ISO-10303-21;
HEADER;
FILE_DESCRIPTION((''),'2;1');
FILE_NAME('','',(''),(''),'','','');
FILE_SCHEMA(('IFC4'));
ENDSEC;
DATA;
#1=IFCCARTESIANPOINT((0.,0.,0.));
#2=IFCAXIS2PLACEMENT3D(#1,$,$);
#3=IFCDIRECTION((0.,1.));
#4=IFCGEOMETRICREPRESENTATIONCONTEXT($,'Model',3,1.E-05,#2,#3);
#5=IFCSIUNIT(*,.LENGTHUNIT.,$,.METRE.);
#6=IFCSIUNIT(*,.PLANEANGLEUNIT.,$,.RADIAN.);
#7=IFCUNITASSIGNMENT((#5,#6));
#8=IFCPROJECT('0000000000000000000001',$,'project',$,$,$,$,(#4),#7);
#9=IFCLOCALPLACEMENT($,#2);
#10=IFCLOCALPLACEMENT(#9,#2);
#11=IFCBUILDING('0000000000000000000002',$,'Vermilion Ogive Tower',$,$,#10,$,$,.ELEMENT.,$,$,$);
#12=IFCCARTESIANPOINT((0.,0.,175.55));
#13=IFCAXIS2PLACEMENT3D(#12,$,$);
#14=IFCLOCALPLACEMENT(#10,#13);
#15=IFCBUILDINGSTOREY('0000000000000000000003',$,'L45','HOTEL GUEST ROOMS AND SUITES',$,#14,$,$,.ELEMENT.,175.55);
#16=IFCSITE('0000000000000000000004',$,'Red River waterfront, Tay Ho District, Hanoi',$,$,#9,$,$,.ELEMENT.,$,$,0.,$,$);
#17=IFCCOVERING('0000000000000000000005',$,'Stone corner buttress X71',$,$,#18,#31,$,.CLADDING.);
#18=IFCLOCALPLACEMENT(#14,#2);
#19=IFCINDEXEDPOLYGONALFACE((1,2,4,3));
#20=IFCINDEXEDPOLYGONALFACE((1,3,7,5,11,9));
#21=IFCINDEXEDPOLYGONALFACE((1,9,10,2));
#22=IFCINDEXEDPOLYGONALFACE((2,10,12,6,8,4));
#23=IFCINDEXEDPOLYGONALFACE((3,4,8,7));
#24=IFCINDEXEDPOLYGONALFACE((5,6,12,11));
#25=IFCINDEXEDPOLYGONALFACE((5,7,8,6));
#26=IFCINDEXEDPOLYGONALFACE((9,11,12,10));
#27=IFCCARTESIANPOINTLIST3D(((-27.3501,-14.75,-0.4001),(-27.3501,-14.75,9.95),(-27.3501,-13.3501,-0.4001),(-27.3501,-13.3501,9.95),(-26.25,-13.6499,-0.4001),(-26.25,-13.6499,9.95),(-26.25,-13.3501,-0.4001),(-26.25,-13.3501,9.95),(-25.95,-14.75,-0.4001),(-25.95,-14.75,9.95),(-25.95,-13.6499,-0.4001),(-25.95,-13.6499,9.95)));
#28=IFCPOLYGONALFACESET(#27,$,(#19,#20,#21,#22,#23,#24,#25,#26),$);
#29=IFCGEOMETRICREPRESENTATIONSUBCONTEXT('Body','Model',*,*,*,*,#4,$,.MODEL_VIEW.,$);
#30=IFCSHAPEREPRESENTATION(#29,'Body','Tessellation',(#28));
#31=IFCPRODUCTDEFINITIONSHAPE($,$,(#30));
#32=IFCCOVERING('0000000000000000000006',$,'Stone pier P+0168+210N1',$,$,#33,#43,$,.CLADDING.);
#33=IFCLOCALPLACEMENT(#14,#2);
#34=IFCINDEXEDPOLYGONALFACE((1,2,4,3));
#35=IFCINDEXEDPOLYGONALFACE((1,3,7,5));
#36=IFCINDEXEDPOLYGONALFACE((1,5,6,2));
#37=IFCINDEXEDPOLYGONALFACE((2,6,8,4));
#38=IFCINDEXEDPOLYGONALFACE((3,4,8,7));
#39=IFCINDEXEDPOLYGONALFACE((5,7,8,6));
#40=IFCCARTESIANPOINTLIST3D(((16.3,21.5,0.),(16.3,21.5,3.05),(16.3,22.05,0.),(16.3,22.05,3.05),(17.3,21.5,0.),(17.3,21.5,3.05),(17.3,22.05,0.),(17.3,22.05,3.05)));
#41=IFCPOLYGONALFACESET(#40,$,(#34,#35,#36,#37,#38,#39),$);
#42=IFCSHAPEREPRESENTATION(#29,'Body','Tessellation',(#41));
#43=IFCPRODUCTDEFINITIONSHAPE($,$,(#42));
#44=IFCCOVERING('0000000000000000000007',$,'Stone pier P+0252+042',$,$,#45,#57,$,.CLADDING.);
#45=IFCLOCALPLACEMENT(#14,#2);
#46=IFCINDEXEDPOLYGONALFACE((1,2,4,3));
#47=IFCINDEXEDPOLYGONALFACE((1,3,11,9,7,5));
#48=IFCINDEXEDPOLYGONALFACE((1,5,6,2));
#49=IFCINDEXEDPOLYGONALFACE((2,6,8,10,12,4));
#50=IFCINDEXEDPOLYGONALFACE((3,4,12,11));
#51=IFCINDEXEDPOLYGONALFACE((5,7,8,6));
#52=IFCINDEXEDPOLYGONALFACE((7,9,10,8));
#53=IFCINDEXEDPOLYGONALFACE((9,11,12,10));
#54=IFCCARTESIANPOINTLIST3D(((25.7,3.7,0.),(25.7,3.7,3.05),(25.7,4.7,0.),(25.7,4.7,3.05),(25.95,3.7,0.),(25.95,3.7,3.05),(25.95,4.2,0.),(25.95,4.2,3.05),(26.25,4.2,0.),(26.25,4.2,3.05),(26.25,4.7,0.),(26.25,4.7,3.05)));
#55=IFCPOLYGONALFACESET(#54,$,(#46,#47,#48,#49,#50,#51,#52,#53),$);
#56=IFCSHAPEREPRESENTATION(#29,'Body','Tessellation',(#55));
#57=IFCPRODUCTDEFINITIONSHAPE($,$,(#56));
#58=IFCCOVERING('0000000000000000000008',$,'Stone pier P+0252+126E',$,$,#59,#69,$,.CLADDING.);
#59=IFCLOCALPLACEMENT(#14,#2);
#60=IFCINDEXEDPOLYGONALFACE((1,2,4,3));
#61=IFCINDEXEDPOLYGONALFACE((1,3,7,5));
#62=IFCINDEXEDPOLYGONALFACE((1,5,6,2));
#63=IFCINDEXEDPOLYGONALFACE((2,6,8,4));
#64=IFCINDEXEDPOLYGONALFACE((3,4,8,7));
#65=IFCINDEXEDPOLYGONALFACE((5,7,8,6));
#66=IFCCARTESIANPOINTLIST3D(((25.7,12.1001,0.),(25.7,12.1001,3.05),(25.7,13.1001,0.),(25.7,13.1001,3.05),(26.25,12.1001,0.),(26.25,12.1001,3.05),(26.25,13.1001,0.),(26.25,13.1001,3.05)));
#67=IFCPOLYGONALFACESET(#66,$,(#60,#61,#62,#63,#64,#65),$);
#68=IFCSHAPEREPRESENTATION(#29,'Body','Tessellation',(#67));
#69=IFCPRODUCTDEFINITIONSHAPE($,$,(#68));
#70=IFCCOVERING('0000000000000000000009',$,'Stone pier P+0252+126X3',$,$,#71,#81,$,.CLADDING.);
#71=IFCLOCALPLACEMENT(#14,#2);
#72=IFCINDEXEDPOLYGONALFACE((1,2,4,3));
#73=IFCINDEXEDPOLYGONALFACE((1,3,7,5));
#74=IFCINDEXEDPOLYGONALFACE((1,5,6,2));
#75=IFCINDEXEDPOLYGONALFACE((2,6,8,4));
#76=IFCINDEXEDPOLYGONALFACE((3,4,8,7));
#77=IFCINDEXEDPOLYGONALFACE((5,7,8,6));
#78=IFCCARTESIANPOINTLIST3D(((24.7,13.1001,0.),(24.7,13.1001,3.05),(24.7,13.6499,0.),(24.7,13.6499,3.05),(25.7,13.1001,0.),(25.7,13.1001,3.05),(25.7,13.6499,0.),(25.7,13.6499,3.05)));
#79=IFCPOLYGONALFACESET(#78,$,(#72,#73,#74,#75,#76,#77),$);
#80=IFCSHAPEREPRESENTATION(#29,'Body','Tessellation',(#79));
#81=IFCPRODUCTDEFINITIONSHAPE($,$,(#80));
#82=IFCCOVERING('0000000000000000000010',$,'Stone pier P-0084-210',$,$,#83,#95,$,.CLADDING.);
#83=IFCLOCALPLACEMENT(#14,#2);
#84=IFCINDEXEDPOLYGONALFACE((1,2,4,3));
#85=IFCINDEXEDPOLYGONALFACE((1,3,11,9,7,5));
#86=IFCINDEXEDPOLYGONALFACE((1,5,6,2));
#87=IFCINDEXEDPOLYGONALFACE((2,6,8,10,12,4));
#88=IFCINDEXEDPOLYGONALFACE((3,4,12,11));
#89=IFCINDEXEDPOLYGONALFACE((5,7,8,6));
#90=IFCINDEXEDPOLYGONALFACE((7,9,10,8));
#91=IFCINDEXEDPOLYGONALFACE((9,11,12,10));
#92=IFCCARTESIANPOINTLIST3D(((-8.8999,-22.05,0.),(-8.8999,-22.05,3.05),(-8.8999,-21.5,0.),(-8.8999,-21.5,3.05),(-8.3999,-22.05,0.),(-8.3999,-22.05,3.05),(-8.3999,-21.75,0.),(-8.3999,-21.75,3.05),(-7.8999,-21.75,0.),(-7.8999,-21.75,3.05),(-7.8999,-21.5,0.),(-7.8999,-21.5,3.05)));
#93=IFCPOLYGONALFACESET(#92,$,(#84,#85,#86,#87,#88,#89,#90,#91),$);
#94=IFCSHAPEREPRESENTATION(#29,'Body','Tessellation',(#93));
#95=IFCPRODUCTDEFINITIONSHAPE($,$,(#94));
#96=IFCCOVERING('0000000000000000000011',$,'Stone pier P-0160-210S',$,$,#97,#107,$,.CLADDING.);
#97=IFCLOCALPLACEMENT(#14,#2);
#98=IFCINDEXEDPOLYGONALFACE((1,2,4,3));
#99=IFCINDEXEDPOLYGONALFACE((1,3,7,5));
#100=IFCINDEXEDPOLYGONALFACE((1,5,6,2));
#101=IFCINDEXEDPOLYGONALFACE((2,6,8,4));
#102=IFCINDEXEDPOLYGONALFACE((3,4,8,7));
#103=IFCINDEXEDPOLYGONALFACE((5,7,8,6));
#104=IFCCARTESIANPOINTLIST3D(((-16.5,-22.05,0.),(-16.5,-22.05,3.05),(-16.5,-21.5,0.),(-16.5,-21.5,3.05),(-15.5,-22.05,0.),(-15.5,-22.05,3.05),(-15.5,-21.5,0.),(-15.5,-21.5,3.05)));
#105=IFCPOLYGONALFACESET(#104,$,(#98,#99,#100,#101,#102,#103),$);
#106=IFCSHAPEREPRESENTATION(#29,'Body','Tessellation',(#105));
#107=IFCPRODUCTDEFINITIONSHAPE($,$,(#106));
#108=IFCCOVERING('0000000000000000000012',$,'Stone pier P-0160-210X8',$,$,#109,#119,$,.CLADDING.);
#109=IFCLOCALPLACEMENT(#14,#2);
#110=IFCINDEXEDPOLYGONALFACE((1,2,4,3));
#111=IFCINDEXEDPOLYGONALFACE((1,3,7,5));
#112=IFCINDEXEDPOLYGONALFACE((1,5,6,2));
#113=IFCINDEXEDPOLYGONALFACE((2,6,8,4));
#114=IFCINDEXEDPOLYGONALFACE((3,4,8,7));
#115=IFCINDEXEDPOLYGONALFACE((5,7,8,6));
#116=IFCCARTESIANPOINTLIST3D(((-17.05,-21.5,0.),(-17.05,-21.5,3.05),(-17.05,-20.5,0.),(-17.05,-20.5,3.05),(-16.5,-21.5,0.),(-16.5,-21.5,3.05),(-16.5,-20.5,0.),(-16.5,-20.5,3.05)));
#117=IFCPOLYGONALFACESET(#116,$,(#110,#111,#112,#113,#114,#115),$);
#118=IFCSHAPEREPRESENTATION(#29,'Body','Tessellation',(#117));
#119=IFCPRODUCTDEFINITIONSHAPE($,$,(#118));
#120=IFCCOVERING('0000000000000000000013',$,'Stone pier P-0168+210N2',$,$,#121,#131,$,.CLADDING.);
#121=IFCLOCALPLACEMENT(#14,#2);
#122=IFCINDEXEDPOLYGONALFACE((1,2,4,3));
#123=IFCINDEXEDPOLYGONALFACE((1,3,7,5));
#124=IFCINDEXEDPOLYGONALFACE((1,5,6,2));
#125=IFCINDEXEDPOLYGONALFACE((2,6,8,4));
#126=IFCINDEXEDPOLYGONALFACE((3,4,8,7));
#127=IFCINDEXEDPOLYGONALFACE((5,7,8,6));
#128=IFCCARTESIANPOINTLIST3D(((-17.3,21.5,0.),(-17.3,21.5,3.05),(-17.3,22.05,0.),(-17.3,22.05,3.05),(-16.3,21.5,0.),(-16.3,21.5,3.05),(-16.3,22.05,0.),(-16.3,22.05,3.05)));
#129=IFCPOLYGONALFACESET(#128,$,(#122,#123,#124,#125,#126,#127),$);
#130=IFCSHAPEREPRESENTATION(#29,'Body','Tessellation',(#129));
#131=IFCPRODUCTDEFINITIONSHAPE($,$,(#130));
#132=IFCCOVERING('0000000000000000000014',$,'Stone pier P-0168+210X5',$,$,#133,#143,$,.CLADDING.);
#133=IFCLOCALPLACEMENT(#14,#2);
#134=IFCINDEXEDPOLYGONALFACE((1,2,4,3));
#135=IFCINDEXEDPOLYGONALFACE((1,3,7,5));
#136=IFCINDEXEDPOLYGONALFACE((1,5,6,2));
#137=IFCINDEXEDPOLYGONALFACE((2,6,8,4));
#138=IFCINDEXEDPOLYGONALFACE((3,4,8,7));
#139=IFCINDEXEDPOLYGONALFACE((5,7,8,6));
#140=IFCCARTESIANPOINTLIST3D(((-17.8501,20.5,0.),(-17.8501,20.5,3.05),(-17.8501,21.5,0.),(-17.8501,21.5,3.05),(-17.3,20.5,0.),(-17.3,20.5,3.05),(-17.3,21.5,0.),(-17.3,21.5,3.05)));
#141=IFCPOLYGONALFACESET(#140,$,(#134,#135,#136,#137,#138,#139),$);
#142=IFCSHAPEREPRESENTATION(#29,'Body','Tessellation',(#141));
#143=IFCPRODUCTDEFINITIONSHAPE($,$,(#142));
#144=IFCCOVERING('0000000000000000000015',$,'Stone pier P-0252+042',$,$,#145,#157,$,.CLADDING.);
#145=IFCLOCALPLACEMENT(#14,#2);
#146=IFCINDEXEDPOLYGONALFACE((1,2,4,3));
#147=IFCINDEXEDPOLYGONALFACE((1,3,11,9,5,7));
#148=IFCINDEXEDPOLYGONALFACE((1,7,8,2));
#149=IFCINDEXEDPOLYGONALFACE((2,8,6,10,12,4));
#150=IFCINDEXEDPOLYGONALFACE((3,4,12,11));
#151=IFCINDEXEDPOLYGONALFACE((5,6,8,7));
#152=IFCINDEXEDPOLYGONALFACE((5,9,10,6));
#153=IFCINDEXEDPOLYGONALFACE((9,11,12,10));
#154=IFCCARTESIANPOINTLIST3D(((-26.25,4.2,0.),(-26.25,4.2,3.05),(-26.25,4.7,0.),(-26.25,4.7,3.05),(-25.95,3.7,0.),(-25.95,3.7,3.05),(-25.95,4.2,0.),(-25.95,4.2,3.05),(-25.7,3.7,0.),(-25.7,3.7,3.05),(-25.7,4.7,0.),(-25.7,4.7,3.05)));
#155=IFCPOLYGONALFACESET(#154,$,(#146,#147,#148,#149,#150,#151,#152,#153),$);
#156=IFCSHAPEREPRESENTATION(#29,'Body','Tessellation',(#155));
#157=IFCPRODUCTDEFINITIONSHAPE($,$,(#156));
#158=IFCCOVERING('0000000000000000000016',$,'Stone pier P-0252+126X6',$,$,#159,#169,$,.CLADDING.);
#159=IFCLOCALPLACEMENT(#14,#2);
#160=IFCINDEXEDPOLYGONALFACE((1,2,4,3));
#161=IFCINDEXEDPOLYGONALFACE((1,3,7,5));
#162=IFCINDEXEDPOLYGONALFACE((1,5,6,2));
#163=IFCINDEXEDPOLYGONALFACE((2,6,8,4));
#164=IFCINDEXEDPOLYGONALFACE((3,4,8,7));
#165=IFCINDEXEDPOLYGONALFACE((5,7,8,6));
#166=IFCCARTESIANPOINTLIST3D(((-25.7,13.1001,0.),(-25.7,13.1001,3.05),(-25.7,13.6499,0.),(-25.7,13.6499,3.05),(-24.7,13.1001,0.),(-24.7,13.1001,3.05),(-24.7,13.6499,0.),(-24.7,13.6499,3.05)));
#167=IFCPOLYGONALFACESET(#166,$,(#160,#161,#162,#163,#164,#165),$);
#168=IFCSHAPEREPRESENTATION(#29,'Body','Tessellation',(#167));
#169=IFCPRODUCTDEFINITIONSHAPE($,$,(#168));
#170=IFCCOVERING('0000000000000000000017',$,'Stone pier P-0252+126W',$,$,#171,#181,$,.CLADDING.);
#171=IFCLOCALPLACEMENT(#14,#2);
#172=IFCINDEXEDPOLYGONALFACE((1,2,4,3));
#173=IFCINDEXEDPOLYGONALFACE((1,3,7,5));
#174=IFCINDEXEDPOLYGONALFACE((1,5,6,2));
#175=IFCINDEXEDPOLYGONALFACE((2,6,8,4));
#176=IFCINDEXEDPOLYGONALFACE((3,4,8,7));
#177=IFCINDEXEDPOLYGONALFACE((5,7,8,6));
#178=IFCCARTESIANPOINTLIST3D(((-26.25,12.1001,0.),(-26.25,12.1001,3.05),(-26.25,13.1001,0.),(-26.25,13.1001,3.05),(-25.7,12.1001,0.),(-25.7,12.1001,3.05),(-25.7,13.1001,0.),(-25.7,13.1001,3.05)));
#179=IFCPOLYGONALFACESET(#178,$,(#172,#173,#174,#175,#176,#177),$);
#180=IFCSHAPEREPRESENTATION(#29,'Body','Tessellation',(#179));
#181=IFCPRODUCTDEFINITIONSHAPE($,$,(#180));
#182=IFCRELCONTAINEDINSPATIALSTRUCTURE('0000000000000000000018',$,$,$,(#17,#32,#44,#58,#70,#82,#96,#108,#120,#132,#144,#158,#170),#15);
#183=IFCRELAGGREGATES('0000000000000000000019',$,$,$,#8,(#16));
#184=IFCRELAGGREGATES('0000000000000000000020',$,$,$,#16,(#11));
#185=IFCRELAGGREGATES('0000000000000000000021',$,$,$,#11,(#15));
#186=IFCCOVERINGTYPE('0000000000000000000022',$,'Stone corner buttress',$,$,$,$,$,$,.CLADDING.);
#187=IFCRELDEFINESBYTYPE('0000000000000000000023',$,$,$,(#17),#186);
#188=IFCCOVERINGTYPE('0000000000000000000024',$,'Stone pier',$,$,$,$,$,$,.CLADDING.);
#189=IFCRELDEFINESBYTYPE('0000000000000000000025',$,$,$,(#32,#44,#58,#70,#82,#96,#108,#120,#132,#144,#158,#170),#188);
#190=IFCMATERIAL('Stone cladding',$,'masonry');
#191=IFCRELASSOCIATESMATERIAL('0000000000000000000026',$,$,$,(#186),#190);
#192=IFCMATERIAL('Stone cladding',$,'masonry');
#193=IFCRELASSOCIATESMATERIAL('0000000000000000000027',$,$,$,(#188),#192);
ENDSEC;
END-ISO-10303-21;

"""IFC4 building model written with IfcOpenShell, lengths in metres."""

from ifc_helpers import new_model, si_unit, direction, frame, origin, place, context, subcontext, project, spatial, polyline, outline, extrude, material, type_object, element, save


model = new_model("IFC4")

# Units and contexts
model_context = context("Model", 3, precision=1e-05, world=origin(), true_north=direction((0.0, 1.0)))
body_context = subcontext(model_context, "Body", "Model", "MODEL_VIEW")
ifc_project = project(units=[si_unit("LENGTHUNIT", "METRE"), si_unit("PLANEANGLEUNIT", "RADIAN")], contexts=[model_context])

# Site, building, storey
site_placement = place(None, origin())
site = spatial("IfcSite", under=ifc_project, at=site_placement, Name="Red River waterfront, Tay Ho District, Hanoi", CompositionType="ELEMENT", RefElevation=0.0)
building_placement = place(site_placement, origin())
building = spatial("IfcBuilding", under=site, at=building_placement, Name="Vermilion Ogive Tower", CompositionType="ELEMENT")
storey_placement = place(building_placement, frame((0.0, 0.0, 175.55)))
storey = spatial("IfcBuildingStorey", under=building, at=storey_placement, Name="L45", Description="HOTEL GUEST ROOMS AND SUITES", CompositionType="ELEMENT", Elevation=175.55)

# Coverings
ifc_material_1 = material(Name="Stone cladding", Category="masonry")
covering_type_1 = type_object("IfcCoveringType", Name="Stone corner buttress", PredefinedType="CLADDING", material=ifc_material_1)
covering_1_placement = place(storey_placement, frame((0.0, 0.0, -0.4001)))
element("IfcCovering", 1, at=covering_1_placement, inside=storey, type_object=covering_type_1, Name="Stone corner buttress X71", PredefinedType="CLADDING", context=body_context, shape_type="SweptSolid", body=[
    extrude(outline(polyline([(-26.25, -13.3501), (-26.25, -13.6499), (-25.95, -13.6499), (-25.95, -14.75), (-27.3501, -14.75), (-27.3501, -13.3501), (-26.25, -13.3501)])), origin(), (0.0, 0.0, 1.0), 10.3501),
])
ifc_material_2 = material(Name="Stone cladding", Category="masonry")
covering_type_2 = type_object("IfcCoveringType", Name="Stone pier", PredefinedType="CLADDING", material=ifc_material_2)
covering_2_placement = place(storey_placement, origin())
element("IfcCovering", 2, at=covering_2_placement, inside=storey, type_object=covering_type_2, Name="Stone pier P+0168+210N1", PredefinedType="CLADDING", context=body_context, shape_type="SweptSolid", body=[
    extrude(outline(polyline([(17.3, 22.05), (17.3, 21.5), (16.3, 21.5), (16.3, 22.05), (17.3, 22.05)])), origin(), (0.0, 0.0, 1.0), 3.05),
])
covering_3_placement = place(storey_placement, origin())
element("IfcCovering", 3, at=covering_3_placement, inside=storey, type_object=covering_type_2, Name="Stone pier P+0252+042", PredefinedType="CLADDING", context=body_context, shape_type="SweptSolid", body=[
    extrude(outline(polyline([(25.7, 4.7), (26.25, 4.7), (26.25, 4.2), (25.95, 4.2), (25.95, 3.7), (25.7, 3.7), (25.7, 4.7), (25.7, 4.7)])), origin(), (0.0, 0.0, 1.0), 3.05),
])
covering_4_placement = place(storey_placement, origin())
element("IfcCovering", 4, at=covering_4_placement, inside=storey, type_object=covering_type_2, Name="Stone pier P+0252+126E", PredefinedType="CLADDING", context=body_context, shape_type="SweptSolid", body=[
    extrude(outline(polyline([(26.25, 13.1001), (26.25, 12.1001), (25.7, 12.1001), (25.7, 13.1001), (26.25, 13.1001)])), origin(), (0.0, 0.0, 1.0), 3.05),
])
covering_5_placement = place(storey_placement, origin())
element("IfcCovering", 5, at=covering_5_placement, inside=storey, type_object=covering_type_2, Name="Stone pier P+0252+126X3", PredefinedType="CLADDING", context=body_context, shape_type="SweptSolid", body=[
    extrude(outline(polyline([(25.7, 13.6499), (25.7, 13.1001), (24.7, 13.1001), (24.7, 13.6499), (25.7, 13.6499)])), origin(), (0.0, 0.0, 1.0), 3.05),
])
covering_6_placement = place(storey_placement, origin())
element("IfcCovering", 6, at=covering_6_placement, inside=storey, type_object=covering_type_2, Name="Stone pier P-0084-210", PredefinedType="CLADDING", context=body_context, shape_type="SweptSolid", body=[
    extrude(outline(polyline([(-7.8999, -21.75), (-8.3999, -21.75), (-8.3999, -22.05), (-8.8999, -22.05), (-8.8999, -21.5), (-7.8999, -21.5), (-7.8999, -21.75)])), origin(), (0.0, 0.0, 1.0), 3.05),
])
covering_7_placement = place(storey_placement, origin())
element("IfcCovering", 7, at=covering_7_placement, inside=storey, type_object=covering_type_2, Name="Stone pier P-0160-210S", PredefinedType="CLADDING", context=body_context, shape_type="SweptSolid", body=[
    extrude(outline(polyline([(-15.5, -22.05), (-16.5, -22.05), (-16.5, -21.5), (-15.5, -21.5), (-15.5, -22.05)])), origin(), (0.0, 0.0, 1.0), 3.05),
])
covering_8_placement = place(storey_placement, origin())
element("IfcCovering", 8, at=covering_8_placement, inside=storey, type_object=covering_type_2, Name="Stone pier P-0160-210X8", PredefinedType="CLADDING", context=body_context, shape_type="SweptSolid", body=[
    extrude(outline(polyline([(-17.05, -20.5), (-16.5, -20.5), (-16.5, -21.5), (-17.05, -21.5), (-17.05, -20.5)])), origin(), (0.0, 0.0, 1.0), 3.05),
])
covering_9_placement = place(storey_placement, origin())
element("IfcCovering", 9, at=covering_9_placement, inside=storey, type_object=covering_type_2, Name="Stone pier P-0168+210N2", PredefinedType="CLADDING", context=body_context, shape_type="SweptSolid", body=[
    extrude(outline(polyline([(-17.3, 21.5), (-17.3, 22.05), (-16.3, 22.05), (-16.3, 21.5), (-17.3, 21.5), (-17.3, 21.5)])), origin(), (0.0, 0.0, 1.0), 3.05),
])
covering_10_placement = place(storey_placement, origin())
element("IfcCovering", 10, at=covering_10_placement, inside=storey, type_object=covering_type_2, Name="Stone pier P-0168+210X5", PredefinedType="CLADDING", context=body_context, shape_type="SweptSolid", body=[
    extrude(outline(polyline([(-17.8501, 21.5), (-17.3, 21.5), (-17.3, 21.5), (-17.3, 20.5), (-17.8501, 20.5), (-17.8501, 21.5)])), origin(), (0.0, 0.0, 1.0), 3.05),
])
covering_11_placement = place(storey_placement, origin())
element("IfcCovering", 11, at=covering_11_placement, inside=storey, type_object=covering_type_2, Name="Stone pier P-0252+042", PredefinedType="CLADDING", context=body_context, shape_type="SweptSolid", body=[
    extrude(outline(polyline([(-25.7, 3.7), (-25.95, 3.7), (-25.95, 4.2), (-26.25, 4.2), (-26.25, 4.7), (-25.7, 4.7), (-25.7, 4.7), (-25.7, 3.7)])), origin(), (0.0, 0.0, 1.0), 3.05),
])
covering_12_placement = place(storey_placement, origin())
element("IfcCovering", 12, at=covering_12_placement, inside=storey, type_object=covering_type_2, Name="Stone pier P-0252+126X6", PredefinedType="CLADDING", context=body_context, shape_type="SweptSolid", body=[
    extrude(outline(polyline([(-25.7, 13.1001), (-25.7, 13.6499), (-24.7, 13.6499), (-24.7, 13.1001), (-24.7, 13.1001), (-25.7, 13.1001)])), origin(), (0.0, 0.0, 1.0), 3.05),
])
covering_13_placement = place(storey_placement, origin())
element("IfcCovering", 13, at=covering_13_placement, inside=storey, type_object=covering_type_2, Name="Stone pier P-0252+126W", PredefinedType="CLADDING", context=body_context, shape_type="SweptSolid", body=[
    extrude(outline(polyline([(-26.25, 13.1001), (-25.7, 13.1001), (-25.7, 12.1001), (-26.25, 12.1001), (-26.25, 13.1001)])), origin(), (0.0, 0.0, 1.0), 3.05),
])

save(model, "model.ifc")
